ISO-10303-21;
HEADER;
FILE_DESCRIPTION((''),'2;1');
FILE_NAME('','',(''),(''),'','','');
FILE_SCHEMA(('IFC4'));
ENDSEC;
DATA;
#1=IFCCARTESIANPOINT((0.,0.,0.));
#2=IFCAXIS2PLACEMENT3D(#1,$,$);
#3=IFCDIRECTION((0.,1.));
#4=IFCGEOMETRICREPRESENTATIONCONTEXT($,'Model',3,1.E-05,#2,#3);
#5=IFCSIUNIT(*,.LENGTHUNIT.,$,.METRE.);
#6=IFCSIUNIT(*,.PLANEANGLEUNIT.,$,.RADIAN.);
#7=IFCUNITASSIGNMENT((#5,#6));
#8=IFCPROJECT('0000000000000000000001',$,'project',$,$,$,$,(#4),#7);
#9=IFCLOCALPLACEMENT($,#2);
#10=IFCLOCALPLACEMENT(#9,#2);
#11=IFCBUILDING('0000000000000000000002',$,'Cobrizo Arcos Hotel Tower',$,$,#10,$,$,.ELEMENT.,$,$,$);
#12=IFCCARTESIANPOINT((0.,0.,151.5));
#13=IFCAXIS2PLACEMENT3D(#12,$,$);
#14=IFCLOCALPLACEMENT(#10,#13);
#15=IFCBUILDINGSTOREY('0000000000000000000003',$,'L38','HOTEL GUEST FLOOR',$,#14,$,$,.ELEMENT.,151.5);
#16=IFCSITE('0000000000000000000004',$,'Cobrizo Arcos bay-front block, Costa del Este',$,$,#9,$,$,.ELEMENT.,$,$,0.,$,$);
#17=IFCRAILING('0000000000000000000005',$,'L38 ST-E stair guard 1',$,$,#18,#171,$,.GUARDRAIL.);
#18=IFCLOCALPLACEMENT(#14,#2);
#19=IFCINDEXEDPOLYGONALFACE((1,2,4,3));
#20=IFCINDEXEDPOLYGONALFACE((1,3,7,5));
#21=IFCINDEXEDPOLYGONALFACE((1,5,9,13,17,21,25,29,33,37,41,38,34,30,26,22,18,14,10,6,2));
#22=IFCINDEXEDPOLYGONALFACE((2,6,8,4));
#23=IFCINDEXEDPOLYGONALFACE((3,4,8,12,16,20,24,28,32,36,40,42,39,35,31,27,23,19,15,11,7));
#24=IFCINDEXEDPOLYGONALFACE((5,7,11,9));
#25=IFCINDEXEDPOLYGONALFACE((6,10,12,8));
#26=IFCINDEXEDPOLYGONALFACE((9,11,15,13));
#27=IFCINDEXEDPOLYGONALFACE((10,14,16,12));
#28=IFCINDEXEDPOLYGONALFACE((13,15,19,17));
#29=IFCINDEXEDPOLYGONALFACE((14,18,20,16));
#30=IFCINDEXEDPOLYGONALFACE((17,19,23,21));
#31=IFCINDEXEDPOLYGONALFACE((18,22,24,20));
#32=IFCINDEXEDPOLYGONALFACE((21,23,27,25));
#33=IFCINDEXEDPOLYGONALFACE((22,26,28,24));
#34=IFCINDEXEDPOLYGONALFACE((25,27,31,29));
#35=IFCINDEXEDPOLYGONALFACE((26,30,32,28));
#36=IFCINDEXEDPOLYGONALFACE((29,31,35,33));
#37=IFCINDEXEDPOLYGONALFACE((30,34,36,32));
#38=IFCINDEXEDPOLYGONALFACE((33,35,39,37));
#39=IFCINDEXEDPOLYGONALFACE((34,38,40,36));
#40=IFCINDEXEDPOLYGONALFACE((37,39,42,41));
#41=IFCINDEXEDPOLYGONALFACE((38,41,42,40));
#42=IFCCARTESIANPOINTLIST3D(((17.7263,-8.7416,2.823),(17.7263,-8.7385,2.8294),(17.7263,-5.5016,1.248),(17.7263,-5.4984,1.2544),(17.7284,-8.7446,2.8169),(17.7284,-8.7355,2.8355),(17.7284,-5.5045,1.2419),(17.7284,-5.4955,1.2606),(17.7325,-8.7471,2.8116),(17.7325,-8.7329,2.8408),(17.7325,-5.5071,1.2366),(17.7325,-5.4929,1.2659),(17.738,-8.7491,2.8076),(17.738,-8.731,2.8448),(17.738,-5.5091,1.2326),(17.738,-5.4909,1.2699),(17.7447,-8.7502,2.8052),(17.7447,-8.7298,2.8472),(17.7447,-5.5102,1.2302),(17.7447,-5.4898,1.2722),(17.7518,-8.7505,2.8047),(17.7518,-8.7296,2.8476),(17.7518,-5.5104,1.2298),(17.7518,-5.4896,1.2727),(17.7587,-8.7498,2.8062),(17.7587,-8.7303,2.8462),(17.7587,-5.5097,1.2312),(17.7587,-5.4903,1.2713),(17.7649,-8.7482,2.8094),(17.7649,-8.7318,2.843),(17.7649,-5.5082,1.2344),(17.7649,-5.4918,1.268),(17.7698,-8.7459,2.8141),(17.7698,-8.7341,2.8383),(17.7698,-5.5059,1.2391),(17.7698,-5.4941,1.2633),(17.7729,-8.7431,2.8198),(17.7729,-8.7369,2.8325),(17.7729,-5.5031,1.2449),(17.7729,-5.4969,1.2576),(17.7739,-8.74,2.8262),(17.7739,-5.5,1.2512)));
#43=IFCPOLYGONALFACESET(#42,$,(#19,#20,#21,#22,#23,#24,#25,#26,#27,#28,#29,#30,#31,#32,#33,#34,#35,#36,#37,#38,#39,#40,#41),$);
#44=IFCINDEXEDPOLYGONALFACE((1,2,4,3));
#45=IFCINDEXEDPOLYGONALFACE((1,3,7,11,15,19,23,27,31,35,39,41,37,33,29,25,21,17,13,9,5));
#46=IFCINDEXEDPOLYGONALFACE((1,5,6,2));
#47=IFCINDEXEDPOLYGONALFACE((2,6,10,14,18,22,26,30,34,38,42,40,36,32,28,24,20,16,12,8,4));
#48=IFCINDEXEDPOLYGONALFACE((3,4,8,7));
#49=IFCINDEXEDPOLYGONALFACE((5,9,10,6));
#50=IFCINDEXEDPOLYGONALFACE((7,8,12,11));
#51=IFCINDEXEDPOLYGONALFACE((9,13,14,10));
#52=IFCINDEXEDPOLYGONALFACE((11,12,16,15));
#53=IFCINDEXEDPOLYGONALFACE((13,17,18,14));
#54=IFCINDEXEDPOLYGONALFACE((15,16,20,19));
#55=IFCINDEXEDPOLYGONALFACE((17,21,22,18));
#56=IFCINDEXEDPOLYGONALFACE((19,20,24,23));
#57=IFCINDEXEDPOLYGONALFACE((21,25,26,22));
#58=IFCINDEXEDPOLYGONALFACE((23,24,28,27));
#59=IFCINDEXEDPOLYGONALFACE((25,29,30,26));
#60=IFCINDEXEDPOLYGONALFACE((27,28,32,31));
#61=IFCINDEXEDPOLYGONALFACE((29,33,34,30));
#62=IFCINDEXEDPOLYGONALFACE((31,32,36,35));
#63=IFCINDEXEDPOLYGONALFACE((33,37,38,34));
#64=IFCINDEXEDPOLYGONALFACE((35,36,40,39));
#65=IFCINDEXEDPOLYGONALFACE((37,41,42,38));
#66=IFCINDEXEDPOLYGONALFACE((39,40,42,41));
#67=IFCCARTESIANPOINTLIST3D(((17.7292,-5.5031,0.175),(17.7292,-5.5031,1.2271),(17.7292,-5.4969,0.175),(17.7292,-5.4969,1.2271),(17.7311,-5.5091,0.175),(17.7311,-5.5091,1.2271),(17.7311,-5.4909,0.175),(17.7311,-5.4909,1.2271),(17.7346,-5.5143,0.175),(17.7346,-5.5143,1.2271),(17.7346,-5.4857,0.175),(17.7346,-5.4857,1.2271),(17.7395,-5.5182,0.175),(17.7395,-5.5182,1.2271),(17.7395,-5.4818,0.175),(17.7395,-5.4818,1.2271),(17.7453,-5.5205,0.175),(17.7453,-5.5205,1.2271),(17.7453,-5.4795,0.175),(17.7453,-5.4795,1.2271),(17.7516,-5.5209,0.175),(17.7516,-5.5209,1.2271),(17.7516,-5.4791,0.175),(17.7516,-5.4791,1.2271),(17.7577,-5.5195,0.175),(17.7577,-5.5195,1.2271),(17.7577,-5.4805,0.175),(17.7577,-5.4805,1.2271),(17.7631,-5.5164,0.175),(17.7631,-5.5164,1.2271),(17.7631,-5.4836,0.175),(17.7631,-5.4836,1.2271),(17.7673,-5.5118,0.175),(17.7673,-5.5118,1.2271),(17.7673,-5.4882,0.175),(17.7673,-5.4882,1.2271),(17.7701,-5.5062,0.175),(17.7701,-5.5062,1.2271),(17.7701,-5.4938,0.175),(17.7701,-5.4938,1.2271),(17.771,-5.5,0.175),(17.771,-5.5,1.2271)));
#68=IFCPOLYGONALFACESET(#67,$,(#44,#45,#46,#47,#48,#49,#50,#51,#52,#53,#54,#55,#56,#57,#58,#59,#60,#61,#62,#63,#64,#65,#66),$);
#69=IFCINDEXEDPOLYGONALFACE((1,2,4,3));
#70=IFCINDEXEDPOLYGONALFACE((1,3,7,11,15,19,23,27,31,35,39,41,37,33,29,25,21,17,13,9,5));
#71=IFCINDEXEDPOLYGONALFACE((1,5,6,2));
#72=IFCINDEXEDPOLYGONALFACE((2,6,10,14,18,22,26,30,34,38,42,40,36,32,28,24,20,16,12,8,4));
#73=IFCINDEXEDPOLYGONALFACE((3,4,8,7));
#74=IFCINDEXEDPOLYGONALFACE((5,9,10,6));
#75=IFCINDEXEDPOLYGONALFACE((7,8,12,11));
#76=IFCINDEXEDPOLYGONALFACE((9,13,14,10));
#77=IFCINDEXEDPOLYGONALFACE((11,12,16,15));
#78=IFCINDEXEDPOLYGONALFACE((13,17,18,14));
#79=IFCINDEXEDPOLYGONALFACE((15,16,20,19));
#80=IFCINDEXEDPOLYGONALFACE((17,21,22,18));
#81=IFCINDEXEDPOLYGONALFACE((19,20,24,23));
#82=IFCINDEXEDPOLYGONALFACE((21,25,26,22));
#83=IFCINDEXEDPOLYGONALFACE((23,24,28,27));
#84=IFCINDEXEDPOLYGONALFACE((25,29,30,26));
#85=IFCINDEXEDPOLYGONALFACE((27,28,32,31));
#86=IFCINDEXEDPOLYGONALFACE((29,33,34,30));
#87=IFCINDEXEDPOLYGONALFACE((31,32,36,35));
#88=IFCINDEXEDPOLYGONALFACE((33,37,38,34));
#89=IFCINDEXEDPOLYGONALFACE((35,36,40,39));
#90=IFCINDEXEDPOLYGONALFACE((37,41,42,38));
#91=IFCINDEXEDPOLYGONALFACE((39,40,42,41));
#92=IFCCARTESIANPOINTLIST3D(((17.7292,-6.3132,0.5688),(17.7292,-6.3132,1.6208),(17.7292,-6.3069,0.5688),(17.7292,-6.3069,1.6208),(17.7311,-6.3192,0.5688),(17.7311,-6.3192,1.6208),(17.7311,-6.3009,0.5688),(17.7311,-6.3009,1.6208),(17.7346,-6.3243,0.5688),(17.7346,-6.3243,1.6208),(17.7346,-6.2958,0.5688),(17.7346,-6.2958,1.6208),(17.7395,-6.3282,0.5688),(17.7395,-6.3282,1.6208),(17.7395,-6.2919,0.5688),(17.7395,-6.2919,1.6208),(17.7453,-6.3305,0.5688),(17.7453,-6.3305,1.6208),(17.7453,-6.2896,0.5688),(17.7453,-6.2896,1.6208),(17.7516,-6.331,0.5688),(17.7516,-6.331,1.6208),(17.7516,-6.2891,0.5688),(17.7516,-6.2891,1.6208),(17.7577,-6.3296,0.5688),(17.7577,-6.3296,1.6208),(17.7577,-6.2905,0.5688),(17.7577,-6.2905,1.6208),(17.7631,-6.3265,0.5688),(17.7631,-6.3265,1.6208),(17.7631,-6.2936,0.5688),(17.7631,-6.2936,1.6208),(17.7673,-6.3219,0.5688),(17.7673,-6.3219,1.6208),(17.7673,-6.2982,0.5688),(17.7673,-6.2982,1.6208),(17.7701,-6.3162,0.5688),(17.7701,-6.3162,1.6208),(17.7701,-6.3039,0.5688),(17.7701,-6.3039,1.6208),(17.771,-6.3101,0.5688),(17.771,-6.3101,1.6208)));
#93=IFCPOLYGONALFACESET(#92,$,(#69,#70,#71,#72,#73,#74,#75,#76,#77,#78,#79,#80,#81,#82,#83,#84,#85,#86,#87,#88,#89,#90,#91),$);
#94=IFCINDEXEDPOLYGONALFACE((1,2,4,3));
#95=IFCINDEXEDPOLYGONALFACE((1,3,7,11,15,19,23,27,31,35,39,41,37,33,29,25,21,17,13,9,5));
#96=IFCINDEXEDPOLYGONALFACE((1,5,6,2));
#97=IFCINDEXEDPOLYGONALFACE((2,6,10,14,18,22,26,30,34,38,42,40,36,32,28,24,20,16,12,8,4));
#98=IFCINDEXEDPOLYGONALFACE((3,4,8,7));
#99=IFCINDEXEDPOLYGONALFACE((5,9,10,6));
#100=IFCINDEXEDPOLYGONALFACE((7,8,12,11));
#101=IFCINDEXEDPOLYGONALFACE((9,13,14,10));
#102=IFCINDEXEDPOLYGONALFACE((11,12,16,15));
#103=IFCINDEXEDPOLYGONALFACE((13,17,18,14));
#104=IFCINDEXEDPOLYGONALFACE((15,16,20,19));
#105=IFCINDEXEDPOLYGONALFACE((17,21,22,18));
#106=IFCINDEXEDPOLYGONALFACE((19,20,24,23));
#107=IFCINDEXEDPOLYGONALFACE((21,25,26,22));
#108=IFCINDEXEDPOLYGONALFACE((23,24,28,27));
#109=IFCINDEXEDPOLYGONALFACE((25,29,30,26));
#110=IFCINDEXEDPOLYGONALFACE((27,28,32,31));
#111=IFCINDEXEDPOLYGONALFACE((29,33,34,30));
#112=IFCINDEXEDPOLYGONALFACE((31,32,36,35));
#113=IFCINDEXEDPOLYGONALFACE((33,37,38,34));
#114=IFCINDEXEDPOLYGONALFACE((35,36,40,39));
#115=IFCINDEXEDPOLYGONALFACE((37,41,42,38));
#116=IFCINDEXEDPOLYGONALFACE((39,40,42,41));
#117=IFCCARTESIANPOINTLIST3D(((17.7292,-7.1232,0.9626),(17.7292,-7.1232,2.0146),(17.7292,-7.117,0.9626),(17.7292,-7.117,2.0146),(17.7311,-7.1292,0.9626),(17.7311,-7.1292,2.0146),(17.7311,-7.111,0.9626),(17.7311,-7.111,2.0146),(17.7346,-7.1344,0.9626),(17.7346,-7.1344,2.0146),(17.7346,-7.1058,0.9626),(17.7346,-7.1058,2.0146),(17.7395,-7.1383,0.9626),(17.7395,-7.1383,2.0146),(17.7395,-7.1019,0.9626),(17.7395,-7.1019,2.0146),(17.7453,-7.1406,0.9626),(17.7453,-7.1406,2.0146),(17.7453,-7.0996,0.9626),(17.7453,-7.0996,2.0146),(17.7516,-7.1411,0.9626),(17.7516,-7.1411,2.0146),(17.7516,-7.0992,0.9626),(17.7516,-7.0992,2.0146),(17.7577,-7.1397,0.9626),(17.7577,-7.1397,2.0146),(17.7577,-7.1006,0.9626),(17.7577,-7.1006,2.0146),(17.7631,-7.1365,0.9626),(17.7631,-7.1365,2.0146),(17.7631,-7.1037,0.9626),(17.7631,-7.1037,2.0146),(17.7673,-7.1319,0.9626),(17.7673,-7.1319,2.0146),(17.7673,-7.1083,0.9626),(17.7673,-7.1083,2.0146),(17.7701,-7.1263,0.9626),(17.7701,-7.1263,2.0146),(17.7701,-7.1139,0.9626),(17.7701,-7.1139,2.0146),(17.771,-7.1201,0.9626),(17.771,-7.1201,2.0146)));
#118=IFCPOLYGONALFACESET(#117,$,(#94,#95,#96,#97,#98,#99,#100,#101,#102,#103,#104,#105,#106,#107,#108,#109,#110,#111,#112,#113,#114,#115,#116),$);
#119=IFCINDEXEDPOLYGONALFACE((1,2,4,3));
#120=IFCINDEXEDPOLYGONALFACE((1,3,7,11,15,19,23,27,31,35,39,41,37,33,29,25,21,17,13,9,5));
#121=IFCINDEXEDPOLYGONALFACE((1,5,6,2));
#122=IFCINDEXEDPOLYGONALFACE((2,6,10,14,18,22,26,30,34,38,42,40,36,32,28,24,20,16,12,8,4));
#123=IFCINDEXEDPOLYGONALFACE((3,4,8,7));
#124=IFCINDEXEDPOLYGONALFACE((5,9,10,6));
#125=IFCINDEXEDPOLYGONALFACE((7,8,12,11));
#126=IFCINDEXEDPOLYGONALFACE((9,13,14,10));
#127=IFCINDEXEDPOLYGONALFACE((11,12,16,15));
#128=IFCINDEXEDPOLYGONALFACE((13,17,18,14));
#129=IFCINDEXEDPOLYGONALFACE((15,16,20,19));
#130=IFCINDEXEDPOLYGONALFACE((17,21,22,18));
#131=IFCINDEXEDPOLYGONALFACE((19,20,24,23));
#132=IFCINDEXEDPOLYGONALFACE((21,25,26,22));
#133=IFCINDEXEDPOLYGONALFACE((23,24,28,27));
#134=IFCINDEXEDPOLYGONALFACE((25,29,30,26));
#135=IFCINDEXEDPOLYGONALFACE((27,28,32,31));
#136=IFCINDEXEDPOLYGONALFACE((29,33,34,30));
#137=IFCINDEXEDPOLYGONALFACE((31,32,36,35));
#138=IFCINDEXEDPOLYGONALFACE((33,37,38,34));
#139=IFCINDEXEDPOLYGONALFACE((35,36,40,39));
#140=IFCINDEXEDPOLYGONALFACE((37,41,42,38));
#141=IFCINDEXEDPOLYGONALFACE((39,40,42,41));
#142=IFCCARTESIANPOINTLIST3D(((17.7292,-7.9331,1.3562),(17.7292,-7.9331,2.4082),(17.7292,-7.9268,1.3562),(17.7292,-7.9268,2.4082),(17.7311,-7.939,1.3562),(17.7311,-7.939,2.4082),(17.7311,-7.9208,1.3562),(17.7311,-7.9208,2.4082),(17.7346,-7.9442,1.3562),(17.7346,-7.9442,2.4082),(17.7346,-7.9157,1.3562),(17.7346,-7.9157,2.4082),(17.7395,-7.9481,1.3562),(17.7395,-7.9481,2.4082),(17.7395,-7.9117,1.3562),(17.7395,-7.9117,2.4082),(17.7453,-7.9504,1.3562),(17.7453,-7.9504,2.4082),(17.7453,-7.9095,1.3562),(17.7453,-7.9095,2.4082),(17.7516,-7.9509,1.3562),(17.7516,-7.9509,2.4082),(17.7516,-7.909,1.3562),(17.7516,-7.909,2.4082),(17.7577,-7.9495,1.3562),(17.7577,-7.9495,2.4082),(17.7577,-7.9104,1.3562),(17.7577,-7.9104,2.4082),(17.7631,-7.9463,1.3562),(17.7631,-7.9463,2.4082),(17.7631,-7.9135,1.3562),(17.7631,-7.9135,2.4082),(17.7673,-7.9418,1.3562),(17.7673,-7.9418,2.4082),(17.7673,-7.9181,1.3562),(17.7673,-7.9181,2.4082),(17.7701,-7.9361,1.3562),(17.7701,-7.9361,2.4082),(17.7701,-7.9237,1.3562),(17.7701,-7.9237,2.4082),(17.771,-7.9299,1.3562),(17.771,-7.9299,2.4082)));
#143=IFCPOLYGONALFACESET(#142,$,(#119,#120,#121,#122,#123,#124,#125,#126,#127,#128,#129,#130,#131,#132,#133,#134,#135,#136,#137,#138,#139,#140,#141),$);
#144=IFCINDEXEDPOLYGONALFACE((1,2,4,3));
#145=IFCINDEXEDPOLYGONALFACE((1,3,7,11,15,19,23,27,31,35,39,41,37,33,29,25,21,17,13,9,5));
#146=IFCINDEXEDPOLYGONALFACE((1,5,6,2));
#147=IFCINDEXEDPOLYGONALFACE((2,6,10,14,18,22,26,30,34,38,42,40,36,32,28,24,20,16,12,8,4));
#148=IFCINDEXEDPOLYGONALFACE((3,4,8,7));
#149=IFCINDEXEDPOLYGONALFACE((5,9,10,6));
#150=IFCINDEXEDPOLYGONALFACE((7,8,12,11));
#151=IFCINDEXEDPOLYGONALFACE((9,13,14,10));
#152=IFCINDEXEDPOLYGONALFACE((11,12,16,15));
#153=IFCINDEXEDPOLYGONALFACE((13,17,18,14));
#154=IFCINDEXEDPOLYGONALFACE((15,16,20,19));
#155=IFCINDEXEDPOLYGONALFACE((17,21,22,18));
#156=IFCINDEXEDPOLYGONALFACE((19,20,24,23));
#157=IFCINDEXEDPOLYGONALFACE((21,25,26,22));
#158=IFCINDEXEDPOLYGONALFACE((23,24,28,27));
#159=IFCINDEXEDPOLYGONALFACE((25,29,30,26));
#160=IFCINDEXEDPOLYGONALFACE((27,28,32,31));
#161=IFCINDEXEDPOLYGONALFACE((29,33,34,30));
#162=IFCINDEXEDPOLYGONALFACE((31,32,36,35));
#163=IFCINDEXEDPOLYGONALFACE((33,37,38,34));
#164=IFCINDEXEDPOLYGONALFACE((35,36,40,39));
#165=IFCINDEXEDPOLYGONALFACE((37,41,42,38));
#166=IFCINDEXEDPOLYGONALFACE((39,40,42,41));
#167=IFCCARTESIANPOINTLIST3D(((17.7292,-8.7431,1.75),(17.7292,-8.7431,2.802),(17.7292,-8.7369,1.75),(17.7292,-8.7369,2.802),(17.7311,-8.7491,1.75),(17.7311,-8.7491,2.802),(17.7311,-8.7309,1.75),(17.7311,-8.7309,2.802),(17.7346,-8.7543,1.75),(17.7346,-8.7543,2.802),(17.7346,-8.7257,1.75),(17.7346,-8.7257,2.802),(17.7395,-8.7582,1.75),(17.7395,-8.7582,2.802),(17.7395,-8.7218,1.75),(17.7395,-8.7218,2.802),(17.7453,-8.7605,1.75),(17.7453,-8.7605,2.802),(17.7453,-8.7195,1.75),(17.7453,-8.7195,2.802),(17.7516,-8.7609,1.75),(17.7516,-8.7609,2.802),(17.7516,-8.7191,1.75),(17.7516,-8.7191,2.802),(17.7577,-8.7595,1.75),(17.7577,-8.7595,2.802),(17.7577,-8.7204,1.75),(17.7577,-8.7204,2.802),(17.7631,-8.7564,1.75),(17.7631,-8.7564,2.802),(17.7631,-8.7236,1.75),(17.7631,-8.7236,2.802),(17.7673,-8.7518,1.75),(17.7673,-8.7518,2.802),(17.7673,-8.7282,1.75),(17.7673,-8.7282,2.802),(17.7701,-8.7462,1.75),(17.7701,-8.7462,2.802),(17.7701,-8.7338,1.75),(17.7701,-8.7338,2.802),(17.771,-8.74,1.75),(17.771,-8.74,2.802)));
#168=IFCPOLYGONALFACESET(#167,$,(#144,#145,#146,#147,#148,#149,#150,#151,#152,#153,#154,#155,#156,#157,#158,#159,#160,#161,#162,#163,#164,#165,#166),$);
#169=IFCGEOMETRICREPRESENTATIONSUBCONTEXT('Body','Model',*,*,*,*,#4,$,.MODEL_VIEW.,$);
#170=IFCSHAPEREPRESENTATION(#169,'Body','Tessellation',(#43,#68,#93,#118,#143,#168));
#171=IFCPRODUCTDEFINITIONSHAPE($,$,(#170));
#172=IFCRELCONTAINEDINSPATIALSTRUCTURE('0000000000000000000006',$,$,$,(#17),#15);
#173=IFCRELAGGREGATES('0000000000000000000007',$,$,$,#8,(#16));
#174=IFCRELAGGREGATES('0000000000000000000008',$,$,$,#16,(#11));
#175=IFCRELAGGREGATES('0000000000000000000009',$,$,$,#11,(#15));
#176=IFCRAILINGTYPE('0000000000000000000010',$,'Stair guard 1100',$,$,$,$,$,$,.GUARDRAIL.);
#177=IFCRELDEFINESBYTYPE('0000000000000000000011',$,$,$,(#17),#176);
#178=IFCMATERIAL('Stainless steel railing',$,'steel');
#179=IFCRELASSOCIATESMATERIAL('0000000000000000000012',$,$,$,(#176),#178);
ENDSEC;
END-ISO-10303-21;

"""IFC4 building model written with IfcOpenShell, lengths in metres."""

from ifc_helpers import new_model, si_unit, direction, frame, origin, origin_2d, place, context, subcontext, project, spatial, circle, extrude, material, type_object, element, save


model = new_model("IFC4")

# Units and contexts
model_context = context("Model", 3, precision=1e-05, world=origin(), true_north=direction((0.0, 1.0)))
body_context = subcontext(model_context, "Body", "Model", "MODEL_VIEW")
ifc_project = project(units=[si_unit("LENGTHUNIT", "METRE"), si_unit("PLANEANGLEUNIT", "RADIAN")], contexts=[model_context])

# Site, building, storey
site_placement = place(None, origin())
site = spatial("IfcSite", under=ifc_project, at=site_placement, Name="Cobrizo Arcos bay-front block, Costa del Este", CompositionType="ELEMENT", RefElevation=0.0)
building_placement = place(site_placement, origin())
building = spatial("IfcBuilding", under=site, at=building_placement, Name="Cobrizo Arcos Hotel Tower", CompositionType="ELEMENT")
storey_placement = place(building_placement, frame((0.0, 0.0, 151.5)))
storey = spatial("IfcBuildingStorey", under=building, at=storey_placement, Name="L38", Description="HOTEL GUEST FLOOR", CompositionType="ELEMENT", Elevation=151.5)

# Railing
ifc_material_1 = material(Name="Stainless steel railing", Category="steel")
railing_type_1 = type_object("IfcRailingType", Name="Stair guard 1100", PredefinedType="GUARDRAIL", material=ifc_material_1)
railing_1_placement = place(storey_placement, frame((17.75, -5.5, 0.175)))
element("IfcRailing", 1, at=railing_1_placement, inside=storey, type_object=railing_type_1, Name="L38 ST-E stair guard 1", PredefinedType="GUARDRAIL", context=body_context, shape_type="SweptSolid", body=[
    extrude(circle(Radius=0.0239, at=origin_2d()), frame((0.0, 0.0, 1.0762), z_axis=(0.0, -0.899373, 0.437183), x_axis=(1.0, 0.0, 0.0)), (0.0, 0.0, 1.0), 3.6025),
    extrude(circle(Radius=0.021, at=origin_2d()), origin(), (0.0, 0.0, 1.0), 1.052),
    extrude(circle(Radius=0.021, at=origin_2d()), frame((0.0, -0.8101, 0.3938)), (0.0, 0.0, 1.0), 1.052),
    extrude(circle(Radius=0.021, at=origin_2d()), frame((0.0, -1.6201, 0.7876)), (0.0, 0.0, 1.0), 1.052),
    extrude(circle(Radius=0.021, at=origin_2d()), frame((0.0, -2.4299, 1.1812)), (0.0, 0.0, 1.0), 1.052),
    extrude(circle(Radius=0.021, at=origin_2d()), frame((0.0, -3.24, 1.575)), (0.0, 0.0, 1.0), 1.052),
])

save(model, "model.ifc")
